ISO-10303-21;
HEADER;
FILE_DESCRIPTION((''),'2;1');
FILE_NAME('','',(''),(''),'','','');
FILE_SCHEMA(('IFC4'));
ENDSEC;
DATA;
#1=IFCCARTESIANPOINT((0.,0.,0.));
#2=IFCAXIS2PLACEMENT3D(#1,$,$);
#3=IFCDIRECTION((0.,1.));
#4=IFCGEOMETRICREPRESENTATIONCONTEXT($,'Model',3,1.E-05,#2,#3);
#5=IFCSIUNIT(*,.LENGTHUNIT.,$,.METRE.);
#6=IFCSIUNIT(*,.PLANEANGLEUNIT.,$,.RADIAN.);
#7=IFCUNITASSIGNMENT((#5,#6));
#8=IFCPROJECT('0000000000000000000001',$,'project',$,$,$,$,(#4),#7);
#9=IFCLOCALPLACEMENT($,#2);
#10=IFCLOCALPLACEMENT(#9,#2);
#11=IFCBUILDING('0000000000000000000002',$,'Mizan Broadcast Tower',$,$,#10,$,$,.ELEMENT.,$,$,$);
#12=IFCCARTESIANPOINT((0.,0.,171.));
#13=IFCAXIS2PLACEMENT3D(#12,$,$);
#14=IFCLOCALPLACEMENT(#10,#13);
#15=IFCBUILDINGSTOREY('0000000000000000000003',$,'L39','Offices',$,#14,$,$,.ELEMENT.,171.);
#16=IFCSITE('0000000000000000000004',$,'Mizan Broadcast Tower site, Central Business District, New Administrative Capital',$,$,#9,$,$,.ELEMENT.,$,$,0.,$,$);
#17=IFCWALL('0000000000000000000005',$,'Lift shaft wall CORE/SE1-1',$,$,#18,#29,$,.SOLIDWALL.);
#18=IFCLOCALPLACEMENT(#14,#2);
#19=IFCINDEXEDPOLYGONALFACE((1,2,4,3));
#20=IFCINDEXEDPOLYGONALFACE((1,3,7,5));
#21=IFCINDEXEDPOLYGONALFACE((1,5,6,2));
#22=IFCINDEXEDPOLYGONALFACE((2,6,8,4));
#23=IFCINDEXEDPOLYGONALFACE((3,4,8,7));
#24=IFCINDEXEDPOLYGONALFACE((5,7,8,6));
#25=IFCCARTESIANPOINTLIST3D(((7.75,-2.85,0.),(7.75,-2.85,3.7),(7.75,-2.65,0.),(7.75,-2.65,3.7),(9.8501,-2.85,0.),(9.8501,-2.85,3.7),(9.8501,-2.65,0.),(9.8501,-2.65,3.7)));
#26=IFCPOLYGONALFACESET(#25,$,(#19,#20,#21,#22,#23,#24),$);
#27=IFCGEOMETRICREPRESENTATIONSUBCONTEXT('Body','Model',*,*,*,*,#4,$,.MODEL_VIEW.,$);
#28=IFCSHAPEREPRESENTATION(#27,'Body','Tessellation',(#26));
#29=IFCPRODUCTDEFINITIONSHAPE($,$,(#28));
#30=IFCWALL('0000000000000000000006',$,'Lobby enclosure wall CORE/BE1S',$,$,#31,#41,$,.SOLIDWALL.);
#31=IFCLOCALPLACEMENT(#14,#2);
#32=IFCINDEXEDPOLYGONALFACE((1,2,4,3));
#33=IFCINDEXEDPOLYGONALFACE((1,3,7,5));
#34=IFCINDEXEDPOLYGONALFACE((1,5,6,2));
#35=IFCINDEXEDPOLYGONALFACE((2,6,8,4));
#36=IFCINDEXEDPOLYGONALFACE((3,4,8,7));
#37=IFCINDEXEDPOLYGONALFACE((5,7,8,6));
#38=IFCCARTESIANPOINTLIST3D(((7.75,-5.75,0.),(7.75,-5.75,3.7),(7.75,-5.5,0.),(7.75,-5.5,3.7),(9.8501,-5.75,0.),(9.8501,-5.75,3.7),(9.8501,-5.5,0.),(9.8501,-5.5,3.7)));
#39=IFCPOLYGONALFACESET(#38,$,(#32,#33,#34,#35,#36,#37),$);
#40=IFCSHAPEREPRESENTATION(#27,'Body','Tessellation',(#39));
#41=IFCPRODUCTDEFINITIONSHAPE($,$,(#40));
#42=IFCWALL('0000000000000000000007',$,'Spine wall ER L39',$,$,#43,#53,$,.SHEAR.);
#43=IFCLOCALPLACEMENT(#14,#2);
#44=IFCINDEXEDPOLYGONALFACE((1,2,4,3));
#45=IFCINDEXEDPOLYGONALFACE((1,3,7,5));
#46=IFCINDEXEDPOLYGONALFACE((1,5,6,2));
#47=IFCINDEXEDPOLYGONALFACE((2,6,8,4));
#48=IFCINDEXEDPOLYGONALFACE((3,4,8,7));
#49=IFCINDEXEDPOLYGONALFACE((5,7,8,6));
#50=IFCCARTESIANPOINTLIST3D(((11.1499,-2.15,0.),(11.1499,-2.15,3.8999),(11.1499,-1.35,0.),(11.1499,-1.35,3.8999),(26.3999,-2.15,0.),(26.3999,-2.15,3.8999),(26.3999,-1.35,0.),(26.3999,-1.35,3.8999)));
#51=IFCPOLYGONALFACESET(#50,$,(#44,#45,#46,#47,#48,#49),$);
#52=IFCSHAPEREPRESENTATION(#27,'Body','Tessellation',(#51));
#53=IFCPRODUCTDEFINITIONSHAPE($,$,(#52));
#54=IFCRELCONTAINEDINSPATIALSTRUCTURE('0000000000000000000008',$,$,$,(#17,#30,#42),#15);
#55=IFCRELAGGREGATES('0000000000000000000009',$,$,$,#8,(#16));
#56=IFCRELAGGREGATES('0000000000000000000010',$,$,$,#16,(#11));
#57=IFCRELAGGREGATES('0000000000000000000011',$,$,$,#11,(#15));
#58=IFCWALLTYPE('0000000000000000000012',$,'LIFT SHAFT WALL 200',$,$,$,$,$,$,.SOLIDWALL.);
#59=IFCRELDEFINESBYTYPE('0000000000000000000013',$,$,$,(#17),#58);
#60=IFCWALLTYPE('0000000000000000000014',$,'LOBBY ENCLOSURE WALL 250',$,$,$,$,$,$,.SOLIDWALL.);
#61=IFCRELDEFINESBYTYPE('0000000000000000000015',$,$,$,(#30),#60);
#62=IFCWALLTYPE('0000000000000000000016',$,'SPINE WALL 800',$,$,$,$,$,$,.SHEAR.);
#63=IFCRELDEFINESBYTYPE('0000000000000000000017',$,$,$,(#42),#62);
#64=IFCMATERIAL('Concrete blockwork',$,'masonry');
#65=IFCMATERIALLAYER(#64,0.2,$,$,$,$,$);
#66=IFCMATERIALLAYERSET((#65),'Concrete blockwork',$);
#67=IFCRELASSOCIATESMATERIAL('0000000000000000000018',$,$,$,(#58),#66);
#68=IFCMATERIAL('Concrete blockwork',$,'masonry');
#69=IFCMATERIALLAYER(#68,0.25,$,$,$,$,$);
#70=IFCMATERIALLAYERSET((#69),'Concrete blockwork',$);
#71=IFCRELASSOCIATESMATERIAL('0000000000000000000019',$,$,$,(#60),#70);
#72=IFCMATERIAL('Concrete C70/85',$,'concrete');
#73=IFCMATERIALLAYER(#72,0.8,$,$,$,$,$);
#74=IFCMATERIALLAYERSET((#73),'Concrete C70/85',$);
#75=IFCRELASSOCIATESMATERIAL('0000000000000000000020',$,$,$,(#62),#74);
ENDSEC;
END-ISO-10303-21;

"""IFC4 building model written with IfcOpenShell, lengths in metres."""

from ifc_helpers import new_model, si_unit, direction, frame, frame_2d, origin, place, context, subcontext, project, spatial, rectangle, extrude, material, layer, layer_set, type_object, element, save


model = new_model("IFC4")

# Units and contexts
model_context = context("Model", 3, precision=1e-05, world=origin(), true_north=direction((0.0, 1.0)))
body_context = subcontext(model_context, "Body", "Model", "MODEL_VIEW")
ifc_project = project(units=[si_unit("LENGTHUNIT", "METRE"), si_unit("PLANEANGLEUNIT", "RADIAN")], contexts=[model_context])

# Site, building, storey
site_placement = place(None, origin())
site = spatial("IfcSite", under=ifc_project, at=site_placement, Name="Mizan Broadcast Tower site, Central Business District, New Administrative Capital", CompositionType="ELEMENT", RefElevation=0.0)
building_placement = place(site_placement, origin())
building = spatial("IfcBuilding", under=site, at=building_placement, Name="Mizan Broadcast Tower", CompositionType="ELEMENT")
storey_placement = place(building_placement, frame((0.0, 0.0, 171.0)))
storey = spatial("IfcBuildingStorey", under=building, at=storey_placement, Name="L39", Description="Offices", CompositionType="ELEMENT", Elevation=171.0)

# Walls
ifc_material_1 = material(Name="Concrete blockwork", Category="masonry")
ifc_layer_1 = layer(ifc_material_1, 0.2)
ifc_layer_set_1 = layer_set([ifc_layer_1], Name="Concrete blockwork")
wall_type_1 = type_object("IfcWallType", Name="LIFT SHAFT WALL 200", PredefinedType="SOLIDWALL", material=ifc_layer_set_1)
wall_1_placement = place(storey_placement, frame((7.75, -2.75, 0.0), z_axis=(0.0, 0.0, 1.0), x_axis=(1.0, 0.0, 0.0)))
element("IfcWall", 1, at=wall_1_placement, inside=storey, type_object=wall_type_1, Name="Lift shaft wall CORE/SE1-1", PredefinedType="SOLIDWALL", context=body_context, shape_type="SweptSolid", body=[
    extrude(rectangle(XDim=2.1001, YDim=0.2, at=frame_2d((1.05, 0.0))), origin(), (0.0, 0.0, 1.0), 3.7),
])
ifc_material_2 = material(Name="Concrete blockwork", Category="masonry")
ifc_layer_2 = layer(ifc_material_2, 0.25)
ifc_layer_set_2 = layer_set([ifc_layer_2], Name="Concrete blockwork")
wall_type_2 = type_object("IfcWallType", Name="LOBBY ENCLOSURE WALL 250", PredefinedType="SOLIDWALL", material=ifc_layer_set_2)
wall_2_placement = place(storey_placement, frame((7.75, -5.625, 0.0), z_axis=(0.0, 0.0, 1.0), x_axis=(1.0, 0.0, 0.0)))
element("IfcWall", 2, at=wall_2_placement, inside=storey, type_object=wall_type_2, Name="Lobby enclosure wall CORE/BE1S", PredefinedType="SOLIDWALL", context=body_context, shape_type="SweptSolid", body=[
    extrude(rectangle(XDim=2.1001, YDim=0.25, at=frame_2d((1.05, 0.0))), origin(), (0.0, 0.0, 1.0), 3.7),
])
ifc_material_3 = material(Name="Concrete C70/85", Category="concrete")
ifc_layer_3 = layer(ifc_material_3, 0.8)
ifc_layer_set_3 = layer_set([ifc_layer_3], Name="Concrete C70/85")
wall_type_3 = type_object("IfcWallType", Name="SPINE WALL 800", PredefinedType="SHEAR", material=ifc_layer_set_3)
wall_3_placement = place(storey_placement, frame((11.1499, -1.75, 0.0), z_axis=(0.0, 0.0, 1.0), x_axis=(1.0, 0.0, 0.0)))
element("IfcWall", 3, at=wall_3_placement, inside=storey, type_object=wall_type_3, Name="Spine wall ER L39", PredefinedType="SHEAR", context=body_context, shape_type="SweptSolid", body=[
    extrude(rectangle(XDim=15.25, YDim=0.8, at=frame_2d((7.625, 0.0))), origin(), (0.0, 0.0, 1.0), 3.8999),
])

save(model, "model.ifc")
